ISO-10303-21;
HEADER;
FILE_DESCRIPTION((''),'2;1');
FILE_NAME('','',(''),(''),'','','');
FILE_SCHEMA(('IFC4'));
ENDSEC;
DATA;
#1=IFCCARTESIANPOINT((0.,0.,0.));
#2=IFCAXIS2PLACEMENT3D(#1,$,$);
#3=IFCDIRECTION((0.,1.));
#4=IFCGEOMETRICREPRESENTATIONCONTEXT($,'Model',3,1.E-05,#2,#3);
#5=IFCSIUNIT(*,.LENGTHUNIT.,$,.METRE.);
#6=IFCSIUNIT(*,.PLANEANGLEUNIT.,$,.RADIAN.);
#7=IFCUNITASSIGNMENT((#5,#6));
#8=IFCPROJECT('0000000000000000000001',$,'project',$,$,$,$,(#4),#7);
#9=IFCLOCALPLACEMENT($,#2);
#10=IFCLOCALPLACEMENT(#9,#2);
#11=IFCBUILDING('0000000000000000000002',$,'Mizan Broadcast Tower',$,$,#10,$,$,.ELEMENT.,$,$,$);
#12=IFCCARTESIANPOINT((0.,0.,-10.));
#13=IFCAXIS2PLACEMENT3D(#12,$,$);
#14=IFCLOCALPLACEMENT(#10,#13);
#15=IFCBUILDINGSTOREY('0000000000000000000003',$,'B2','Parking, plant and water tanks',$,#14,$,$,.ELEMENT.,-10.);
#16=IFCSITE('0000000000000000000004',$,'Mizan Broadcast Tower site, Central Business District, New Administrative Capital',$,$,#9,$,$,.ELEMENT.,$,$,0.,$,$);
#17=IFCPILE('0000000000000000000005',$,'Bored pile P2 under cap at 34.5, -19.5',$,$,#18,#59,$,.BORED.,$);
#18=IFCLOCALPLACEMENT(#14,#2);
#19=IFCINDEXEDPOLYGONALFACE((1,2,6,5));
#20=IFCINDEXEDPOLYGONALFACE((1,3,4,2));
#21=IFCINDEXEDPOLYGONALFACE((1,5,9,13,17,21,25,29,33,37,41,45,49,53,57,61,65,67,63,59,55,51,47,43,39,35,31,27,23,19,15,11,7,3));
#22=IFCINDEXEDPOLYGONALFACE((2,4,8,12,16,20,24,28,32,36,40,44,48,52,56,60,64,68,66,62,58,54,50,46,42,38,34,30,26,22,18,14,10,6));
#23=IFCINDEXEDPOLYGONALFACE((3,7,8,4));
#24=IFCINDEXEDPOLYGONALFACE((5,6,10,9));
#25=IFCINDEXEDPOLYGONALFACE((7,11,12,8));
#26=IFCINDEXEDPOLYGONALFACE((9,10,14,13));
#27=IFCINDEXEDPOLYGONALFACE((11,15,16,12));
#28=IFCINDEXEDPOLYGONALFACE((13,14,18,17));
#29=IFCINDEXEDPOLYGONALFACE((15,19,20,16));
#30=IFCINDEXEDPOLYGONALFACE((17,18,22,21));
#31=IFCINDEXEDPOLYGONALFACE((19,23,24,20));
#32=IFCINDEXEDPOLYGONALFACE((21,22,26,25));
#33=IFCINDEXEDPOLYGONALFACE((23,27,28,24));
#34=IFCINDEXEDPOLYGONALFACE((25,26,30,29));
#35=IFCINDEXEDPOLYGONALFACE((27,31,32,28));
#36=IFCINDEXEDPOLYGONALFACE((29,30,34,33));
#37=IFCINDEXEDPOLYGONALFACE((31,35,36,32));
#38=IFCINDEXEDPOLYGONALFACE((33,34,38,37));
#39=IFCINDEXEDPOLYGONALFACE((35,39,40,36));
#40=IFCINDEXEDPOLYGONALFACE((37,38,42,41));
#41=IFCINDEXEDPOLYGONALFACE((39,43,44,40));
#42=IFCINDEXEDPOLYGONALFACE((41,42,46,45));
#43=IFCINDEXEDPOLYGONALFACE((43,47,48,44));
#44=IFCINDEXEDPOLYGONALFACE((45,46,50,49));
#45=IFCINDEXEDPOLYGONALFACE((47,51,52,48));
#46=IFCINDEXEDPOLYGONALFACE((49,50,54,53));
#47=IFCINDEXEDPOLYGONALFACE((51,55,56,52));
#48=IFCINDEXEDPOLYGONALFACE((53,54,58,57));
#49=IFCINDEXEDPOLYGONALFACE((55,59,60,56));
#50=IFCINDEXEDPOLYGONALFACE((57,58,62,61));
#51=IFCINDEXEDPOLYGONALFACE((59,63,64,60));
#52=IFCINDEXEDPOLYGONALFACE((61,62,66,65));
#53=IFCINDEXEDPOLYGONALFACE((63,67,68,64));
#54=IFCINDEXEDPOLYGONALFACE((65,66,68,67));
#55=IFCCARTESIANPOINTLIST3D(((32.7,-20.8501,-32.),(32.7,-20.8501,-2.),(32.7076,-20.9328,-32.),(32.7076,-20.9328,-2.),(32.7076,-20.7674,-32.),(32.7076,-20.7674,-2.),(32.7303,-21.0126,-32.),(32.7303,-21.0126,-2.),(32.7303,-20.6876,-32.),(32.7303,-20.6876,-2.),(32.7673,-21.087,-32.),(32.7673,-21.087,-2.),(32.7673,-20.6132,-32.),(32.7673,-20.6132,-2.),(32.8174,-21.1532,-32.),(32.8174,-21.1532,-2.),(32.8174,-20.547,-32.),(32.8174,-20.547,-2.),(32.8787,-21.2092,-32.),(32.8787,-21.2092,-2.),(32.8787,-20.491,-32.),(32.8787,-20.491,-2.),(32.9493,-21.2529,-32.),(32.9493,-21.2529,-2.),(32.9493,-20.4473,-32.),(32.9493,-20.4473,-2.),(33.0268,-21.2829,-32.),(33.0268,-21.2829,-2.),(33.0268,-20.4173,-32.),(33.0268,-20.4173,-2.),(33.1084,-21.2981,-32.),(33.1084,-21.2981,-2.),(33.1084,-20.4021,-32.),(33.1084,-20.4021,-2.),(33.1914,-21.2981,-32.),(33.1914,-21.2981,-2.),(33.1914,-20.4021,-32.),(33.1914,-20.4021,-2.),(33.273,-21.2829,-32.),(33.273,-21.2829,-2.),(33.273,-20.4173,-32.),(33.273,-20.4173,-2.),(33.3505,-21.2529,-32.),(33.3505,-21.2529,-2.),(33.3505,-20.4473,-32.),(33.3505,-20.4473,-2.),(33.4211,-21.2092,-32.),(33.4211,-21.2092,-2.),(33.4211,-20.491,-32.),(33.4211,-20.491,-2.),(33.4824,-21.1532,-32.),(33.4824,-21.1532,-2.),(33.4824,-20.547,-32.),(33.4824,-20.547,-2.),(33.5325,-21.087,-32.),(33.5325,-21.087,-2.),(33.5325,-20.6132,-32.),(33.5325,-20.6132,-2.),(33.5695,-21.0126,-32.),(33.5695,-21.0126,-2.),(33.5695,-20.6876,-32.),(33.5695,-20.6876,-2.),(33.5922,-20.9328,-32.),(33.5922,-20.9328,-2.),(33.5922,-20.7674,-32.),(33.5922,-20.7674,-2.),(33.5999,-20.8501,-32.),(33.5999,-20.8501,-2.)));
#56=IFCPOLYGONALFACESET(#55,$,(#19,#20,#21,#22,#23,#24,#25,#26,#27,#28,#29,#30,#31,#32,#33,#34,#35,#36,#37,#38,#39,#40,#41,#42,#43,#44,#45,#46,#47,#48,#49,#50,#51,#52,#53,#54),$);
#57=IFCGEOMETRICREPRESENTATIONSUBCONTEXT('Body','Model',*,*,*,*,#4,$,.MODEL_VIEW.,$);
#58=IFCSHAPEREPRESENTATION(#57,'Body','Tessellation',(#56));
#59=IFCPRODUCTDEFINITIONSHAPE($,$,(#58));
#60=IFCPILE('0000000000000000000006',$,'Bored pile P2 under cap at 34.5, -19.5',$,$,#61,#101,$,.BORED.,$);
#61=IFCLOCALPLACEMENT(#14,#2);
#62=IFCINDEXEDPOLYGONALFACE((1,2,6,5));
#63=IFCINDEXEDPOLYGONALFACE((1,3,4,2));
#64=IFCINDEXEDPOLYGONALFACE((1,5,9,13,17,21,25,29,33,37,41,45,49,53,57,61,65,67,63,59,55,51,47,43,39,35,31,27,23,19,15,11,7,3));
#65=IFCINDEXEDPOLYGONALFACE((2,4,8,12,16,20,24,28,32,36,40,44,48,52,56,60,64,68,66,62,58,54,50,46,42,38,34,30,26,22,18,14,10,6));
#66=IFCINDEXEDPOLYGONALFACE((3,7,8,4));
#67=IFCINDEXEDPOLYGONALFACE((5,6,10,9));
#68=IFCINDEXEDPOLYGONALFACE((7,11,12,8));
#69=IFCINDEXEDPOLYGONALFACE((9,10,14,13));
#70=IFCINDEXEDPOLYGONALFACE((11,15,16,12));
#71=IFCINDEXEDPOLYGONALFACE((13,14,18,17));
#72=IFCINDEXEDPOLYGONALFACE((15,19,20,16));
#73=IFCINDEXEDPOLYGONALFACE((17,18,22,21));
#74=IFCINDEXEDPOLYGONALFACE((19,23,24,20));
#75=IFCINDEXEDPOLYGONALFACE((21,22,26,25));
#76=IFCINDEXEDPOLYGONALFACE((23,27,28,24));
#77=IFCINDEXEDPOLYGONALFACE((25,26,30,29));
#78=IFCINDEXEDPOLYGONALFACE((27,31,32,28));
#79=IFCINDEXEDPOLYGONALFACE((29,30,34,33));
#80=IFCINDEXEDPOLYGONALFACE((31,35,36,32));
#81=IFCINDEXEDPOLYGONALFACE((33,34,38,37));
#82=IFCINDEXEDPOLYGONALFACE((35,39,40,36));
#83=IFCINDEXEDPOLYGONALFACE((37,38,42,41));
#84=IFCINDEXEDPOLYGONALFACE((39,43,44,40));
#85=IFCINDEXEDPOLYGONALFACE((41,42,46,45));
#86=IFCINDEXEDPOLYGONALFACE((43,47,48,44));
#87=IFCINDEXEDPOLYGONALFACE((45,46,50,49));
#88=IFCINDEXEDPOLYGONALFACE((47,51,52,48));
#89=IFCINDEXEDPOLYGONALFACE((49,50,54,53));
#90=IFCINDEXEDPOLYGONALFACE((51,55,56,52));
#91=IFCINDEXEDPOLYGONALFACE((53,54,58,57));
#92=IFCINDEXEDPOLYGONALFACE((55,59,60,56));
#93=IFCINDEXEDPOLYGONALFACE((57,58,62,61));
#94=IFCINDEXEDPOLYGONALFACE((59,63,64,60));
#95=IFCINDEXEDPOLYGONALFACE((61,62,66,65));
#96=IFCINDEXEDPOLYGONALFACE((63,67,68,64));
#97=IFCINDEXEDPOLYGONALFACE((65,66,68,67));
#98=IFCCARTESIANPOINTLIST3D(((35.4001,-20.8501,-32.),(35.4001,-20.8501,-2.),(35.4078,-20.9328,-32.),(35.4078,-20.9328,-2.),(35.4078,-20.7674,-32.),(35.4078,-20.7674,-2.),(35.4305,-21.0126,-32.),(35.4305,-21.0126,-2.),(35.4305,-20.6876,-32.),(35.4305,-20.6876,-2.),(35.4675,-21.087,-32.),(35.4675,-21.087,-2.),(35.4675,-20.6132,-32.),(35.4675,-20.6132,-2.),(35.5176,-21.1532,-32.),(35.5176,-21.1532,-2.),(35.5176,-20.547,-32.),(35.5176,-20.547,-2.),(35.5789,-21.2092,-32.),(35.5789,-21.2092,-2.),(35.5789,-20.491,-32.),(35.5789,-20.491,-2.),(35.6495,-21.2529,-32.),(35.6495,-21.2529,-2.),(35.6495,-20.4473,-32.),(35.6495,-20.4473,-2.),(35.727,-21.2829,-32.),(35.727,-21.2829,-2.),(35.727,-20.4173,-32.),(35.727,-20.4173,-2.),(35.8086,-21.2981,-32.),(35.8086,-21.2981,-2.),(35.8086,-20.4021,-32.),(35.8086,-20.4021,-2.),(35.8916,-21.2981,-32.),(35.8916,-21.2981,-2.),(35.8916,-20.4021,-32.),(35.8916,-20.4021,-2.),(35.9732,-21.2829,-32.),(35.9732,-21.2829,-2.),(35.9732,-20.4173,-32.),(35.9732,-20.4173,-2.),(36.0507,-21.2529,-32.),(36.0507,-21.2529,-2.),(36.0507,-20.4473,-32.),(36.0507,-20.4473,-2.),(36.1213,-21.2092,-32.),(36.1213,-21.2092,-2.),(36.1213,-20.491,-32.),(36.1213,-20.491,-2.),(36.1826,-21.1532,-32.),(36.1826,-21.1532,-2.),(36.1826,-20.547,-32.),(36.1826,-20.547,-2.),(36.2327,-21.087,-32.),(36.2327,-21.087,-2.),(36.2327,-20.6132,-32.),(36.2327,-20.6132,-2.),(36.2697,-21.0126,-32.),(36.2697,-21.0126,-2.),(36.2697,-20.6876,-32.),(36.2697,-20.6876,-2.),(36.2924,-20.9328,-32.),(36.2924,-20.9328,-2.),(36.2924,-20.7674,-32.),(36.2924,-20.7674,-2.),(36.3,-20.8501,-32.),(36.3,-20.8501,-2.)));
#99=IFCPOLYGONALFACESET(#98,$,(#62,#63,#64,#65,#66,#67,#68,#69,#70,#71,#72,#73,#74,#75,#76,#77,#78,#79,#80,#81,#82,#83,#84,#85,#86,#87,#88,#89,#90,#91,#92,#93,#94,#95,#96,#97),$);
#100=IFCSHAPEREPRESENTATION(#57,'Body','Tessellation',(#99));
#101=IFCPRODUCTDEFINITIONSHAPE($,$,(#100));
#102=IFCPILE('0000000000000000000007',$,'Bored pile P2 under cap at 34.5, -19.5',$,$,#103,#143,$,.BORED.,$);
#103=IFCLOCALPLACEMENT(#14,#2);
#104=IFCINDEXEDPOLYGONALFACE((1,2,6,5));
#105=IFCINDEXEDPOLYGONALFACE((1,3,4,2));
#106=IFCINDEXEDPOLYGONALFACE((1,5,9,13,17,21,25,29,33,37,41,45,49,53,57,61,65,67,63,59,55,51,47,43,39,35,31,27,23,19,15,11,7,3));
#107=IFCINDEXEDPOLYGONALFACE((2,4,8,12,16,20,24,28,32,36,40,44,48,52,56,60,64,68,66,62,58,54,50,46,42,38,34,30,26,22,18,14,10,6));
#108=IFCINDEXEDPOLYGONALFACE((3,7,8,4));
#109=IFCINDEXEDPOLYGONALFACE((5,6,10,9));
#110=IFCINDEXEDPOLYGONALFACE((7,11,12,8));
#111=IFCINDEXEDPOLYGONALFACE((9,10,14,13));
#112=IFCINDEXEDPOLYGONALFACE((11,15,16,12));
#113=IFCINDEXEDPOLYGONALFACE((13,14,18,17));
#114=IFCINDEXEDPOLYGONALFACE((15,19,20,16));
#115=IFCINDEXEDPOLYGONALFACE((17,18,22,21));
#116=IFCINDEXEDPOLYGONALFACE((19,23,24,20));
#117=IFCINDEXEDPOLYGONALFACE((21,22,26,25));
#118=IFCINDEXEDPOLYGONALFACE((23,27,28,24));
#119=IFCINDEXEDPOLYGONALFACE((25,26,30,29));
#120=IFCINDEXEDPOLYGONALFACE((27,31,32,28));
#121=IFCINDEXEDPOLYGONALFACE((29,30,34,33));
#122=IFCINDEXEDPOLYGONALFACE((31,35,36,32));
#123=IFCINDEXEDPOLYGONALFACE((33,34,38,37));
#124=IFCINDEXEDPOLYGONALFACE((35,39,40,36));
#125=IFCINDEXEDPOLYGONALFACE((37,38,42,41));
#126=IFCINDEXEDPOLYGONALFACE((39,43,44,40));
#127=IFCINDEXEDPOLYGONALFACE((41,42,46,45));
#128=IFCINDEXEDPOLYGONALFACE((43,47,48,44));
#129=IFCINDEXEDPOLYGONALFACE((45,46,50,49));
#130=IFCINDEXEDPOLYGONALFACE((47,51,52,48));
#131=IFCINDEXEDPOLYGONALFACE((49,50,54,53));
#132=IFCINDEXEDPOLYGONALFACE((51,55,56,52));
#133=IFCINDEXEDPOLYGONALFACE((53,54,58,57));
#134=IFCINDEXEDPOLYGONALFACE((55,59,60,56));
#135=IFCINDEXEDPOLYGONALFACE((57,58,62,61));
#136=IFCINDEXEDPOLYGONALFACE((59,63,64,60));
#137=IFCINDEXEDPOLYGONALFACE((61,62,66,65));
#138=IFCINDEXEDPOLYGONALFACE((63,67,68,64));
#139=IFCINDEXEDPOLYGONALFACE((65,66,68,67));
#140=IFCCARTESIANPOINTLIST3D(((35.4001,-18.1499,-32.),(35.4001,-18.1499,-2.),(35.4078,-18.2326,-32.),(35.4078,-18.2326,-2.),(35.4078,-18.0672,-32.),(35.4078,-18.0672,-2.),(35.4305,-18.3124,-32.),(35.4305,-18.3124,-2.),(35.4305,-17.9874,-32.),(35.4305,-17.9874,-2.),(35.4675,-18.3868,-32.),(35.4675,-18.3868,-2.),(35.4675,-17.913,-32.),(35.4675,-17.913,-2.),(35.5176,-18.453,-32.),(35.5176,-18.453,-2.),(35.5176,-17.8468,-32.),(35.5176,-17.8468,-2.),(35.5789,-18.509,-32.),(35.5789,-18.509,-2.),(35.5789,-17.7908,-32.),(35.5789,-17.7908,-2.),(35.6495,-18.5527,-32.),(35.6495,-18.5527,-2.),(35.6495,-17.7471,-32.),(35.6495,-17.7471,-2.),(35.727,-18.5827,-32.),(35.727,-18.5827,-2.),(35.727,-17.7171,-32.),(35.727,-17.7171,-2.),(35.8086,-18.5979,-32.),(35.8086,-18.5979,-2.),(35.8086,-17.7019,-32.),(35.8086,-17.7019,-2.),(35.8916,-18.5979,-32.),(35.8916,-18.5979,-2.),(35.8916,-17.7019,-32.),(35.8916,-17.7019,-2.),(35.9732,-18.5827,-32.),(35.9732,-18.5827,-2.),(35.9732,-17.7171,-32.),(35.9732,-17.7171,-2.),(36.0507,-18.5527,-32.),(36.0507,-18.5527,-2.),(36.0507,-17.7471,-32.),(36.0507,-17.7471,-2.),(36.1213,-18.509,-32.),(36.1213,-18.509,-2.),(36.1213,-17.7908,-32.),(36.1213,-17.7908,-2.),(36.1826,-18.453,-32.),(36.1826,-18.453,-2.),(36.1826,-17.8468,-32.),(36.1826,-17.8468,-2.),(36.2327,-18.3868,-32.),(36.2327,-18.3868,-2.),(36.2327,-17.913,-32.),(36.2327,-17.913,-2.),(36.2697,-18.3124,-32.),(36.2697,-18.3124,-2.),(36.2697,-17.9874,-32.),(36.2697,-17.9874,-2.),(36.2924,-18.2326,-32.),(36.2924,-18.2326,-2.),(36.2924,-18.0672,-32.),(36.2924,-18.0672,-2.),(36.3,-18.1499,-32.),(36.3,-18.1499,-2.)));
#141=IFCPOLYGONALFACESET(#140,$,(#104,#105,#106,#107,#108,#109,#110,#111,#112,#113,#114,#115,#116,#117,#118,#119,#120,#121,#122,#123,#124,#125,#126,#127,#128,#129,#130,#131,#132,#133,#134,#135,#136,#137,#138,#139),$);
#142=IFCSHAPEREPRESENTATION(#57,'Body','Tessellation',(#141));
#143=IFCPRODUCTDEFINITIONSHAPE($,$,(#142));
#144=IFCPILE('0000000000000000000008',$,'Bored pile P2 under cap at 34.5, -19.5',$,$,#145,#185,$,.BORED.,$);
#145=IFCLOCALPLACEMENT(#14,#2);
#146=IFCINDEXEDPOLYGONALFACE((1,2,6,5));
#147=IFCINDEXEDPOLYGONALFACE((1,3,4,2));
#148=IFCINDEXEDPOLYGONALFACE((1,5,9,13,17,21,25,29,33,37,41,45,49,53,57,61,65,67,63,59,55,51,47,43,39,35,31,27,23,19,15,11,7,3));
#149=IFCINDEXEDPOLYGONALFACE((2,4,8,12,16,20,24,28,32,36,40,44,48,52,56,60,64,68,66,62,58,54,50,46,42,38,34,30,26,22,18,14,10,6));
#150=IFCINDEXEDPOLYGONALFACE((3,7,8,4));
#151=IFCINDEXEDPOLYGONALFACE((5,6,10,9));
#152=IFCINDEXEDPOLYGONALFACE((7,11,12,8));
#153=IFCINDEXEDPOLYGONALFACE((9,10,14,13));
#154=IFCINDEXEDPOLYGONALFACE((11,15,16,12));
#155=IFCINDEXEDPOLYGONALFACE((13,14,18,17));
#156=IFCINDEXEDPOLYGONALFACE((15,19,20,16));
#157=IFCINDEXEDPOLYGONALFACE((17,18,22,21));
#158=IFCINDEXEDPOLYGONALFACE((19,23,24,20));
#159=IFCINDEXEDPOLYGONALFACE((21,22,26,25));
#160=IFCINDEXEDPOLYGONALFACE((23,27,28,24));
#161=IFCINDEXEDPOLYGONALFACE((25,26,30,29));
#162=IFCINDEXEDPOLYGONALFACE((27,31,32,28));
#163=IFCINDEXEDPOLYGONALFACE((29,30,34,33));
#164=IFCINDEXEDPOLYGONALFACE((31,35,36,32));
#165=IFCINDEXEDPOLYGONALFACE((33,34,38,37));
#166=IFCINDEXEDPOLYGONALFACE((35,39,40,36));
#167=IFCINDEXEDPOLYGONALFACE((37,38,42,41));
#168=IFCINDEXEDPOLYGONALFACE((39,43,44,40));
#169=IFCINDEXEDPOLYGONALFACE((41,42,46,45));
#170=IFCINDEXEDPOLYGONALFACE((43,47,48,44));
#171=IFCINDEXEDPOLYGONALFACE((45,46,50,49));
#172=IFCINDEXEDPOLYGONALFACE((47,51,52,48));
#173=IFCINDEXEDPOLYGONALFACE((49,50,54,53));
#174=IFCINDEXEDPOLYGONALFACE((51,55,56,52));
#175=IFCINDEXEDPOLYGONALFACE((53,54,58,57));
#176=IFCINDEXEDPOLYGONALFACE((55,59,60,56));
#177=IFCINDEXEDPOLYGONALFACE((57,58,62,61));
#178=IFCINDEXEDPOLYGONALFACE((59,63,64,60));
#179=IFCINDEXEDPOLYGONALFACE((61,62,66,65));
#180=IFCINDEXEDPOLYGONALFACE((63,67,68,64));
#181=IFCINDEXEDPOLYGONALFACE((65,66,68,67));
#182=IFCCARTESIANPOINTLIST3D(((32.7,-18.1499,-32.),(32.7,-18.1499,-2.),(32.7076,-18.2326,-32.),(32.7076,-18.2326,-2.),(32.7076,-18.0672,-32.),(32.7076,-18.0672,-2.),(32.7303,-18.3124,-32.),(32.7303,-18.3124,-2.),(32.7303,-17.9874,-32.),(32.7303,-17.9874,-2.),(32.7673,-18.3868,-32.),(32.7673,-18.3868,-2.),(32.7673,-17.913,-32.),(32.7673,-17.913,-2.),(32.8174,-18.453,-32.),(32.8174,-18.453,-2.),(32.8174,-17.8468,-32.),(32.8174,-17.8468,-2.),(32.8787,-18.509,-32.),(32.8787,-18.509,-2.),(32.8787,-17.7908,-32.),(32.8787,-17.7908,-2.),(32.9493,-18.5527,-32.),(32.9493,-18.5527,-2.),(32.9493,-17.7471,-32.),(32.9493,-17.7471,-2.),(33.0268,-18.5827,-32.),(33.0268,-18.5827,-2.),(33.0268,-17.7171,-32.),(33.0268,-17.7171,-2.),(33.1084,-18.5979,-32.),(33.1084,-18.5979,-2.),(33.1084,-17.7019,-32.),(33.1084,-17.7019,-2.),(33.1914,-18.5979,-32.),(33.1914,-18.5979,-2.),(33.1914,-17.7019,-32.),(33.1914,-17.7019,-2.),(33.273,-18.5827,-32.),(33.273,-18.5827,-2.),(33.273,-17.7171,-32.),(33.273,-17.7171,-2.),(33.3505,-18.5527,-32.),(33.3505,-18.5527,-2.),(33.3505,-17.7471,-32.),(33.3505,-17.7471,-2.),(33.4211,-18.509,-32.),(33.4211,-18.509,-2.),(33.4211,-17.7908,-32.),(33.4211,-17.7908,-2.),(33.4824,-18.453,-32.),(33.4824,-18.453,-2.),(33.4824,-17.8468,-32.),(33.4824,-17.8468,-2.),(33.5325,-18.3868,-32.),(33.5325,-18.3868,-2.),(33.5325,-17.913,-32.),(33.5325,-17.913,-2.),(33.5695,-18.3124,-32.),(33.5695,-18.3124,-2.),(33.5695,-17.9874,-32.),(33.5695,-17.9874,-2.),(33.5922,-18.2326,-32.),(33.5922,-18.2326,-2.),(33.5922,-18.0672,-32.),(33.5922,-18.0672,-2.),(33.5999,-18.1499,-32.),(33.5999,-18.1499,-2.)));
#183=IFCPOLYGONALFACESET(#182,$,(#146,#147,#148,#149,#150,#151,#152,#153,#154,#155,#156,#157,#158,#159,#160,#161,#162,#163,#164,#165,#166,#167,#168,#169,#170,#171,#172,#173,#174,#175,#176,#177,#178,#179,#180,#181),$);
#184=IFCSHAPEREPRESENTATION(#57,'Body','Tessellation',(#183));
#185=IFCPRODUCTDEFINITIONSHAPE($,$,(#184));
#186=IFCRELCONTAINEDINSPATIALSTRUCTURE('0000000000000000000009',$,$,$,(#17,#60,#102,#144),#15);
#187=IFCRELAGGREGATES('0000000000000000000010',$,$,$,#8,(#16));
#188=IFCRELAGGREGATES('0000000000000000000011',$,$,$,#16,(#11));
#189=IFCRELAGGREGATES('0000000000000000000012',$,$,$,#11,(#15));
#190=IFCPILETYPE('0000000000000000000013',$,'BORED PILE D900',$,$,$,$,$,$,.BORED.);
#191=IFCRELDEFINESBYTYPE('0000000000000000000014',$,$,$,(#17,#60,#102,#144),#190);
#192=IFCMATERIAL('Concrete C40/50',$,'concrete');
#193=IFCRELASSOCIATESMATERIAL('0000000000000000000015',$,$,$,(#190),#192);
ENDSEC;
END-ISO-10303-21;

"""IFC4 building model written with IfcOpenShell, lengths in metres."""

from ifc_helpers import new_model, si_unit, direction, frame, origin, origin_2d, place, context, subcontext, project, spatial, circle, extrude, material, material_profile, profile_set, type_object, element, save


model = new_model("IFC4")

# Units and contexts
model_context = context("Model", 3, precision=1e-05, world=origin(), true_north=direction((0.0, 1.0)))
body_context = subcontext(model_context, "Body", "Model", "MODEL_VIEW")
ifc_project = project(units=[si_unit("LENGTHUNIT", "METRE"), si_unit("PLANEANGLEUNIT", "RADIAN")], contexts=[model_context])

# Site, building, storey
site_placement = place(None, origin())
site = spatial("IfcSite", under=ifc_project, at=site_placement, Name="Mizan Broadcast Tower site, Central Business District, New Administrative Capital", CompositionType="ELEMENT", RefElevation=0.0)
building_placement = place(site_placement, origin())
building = spatial("IfcBuilding", under=site, at=building_placement, Name="Mizan Broadcast Tower", CompositionType="ELEMENT")
storey_placement = place(building_placement, frame((0.0, 0.0, -10.0)))
storey = spatial("IfcBuildingStorey", under=building, at=storey_placement, Name="B2", Description="Parking, plant and water tanks", CompositionType="ELEMENT", Elevation=-10.0)

# Piles
ifc_material_1 = material(Name="Concrete C40/50", Category="concrete")
ifc_material_profile_1 = material_profile(ifc_material_1, circle(Radius=0.45, at=origin_2d()), Name="D900")
ifc_profile_set_1 = profile_set([ifc_material_profile_1], Name="Concrete C40/50")
pile_type = type_object("IfcPileType", Name="BORED PILE D900", PredefinedType="BORED", material=ifc_profile_set_1)
for number, where, z_axis, x_axis, name in (
    (1, (33.1499, -20.8501, -2.0), (0.0, 0.0, -1.0), (1.0, 0.0, 0.0), "Bored pile P2 under cap at 34.5, -19.5"),
    (2, (35.8501, -20.8501, -2.0), (0.0, 0.0, -1.0), (1.0, 0.0, 0.0), "Bored pile P2 under cap at 34.5, -19.5"),
    (3, (35.8501, -18.1499, -2.0), (0.0, 0.0, -1.0), (1.0, 0.0, 0.0), "Bored pile P2 under cap at 34.5, -19.5"),
    (4, (33.1499, -18.1499, -2.0), (0.0, 0.0, -1.0), (1.0, 0.0, 0.0), "Bored pile P2 under cap at 34.5, -19.5"),
):
    element("IfcPile", number, at=place(storey_placement, frame(where, z_axis=z_axis, x_axis=x_axis)), inside=storey, type_object=pile_type, Name=name, PredefinedType="BORED", context=body_context, shape_type="SweptSolid", body=[
        extrude(circle(Radius=0.45, at=origin_2d()), origin(), (0.0, 0.0, 1.0), 30.0),
    ])

save(model, "model.ifc")
